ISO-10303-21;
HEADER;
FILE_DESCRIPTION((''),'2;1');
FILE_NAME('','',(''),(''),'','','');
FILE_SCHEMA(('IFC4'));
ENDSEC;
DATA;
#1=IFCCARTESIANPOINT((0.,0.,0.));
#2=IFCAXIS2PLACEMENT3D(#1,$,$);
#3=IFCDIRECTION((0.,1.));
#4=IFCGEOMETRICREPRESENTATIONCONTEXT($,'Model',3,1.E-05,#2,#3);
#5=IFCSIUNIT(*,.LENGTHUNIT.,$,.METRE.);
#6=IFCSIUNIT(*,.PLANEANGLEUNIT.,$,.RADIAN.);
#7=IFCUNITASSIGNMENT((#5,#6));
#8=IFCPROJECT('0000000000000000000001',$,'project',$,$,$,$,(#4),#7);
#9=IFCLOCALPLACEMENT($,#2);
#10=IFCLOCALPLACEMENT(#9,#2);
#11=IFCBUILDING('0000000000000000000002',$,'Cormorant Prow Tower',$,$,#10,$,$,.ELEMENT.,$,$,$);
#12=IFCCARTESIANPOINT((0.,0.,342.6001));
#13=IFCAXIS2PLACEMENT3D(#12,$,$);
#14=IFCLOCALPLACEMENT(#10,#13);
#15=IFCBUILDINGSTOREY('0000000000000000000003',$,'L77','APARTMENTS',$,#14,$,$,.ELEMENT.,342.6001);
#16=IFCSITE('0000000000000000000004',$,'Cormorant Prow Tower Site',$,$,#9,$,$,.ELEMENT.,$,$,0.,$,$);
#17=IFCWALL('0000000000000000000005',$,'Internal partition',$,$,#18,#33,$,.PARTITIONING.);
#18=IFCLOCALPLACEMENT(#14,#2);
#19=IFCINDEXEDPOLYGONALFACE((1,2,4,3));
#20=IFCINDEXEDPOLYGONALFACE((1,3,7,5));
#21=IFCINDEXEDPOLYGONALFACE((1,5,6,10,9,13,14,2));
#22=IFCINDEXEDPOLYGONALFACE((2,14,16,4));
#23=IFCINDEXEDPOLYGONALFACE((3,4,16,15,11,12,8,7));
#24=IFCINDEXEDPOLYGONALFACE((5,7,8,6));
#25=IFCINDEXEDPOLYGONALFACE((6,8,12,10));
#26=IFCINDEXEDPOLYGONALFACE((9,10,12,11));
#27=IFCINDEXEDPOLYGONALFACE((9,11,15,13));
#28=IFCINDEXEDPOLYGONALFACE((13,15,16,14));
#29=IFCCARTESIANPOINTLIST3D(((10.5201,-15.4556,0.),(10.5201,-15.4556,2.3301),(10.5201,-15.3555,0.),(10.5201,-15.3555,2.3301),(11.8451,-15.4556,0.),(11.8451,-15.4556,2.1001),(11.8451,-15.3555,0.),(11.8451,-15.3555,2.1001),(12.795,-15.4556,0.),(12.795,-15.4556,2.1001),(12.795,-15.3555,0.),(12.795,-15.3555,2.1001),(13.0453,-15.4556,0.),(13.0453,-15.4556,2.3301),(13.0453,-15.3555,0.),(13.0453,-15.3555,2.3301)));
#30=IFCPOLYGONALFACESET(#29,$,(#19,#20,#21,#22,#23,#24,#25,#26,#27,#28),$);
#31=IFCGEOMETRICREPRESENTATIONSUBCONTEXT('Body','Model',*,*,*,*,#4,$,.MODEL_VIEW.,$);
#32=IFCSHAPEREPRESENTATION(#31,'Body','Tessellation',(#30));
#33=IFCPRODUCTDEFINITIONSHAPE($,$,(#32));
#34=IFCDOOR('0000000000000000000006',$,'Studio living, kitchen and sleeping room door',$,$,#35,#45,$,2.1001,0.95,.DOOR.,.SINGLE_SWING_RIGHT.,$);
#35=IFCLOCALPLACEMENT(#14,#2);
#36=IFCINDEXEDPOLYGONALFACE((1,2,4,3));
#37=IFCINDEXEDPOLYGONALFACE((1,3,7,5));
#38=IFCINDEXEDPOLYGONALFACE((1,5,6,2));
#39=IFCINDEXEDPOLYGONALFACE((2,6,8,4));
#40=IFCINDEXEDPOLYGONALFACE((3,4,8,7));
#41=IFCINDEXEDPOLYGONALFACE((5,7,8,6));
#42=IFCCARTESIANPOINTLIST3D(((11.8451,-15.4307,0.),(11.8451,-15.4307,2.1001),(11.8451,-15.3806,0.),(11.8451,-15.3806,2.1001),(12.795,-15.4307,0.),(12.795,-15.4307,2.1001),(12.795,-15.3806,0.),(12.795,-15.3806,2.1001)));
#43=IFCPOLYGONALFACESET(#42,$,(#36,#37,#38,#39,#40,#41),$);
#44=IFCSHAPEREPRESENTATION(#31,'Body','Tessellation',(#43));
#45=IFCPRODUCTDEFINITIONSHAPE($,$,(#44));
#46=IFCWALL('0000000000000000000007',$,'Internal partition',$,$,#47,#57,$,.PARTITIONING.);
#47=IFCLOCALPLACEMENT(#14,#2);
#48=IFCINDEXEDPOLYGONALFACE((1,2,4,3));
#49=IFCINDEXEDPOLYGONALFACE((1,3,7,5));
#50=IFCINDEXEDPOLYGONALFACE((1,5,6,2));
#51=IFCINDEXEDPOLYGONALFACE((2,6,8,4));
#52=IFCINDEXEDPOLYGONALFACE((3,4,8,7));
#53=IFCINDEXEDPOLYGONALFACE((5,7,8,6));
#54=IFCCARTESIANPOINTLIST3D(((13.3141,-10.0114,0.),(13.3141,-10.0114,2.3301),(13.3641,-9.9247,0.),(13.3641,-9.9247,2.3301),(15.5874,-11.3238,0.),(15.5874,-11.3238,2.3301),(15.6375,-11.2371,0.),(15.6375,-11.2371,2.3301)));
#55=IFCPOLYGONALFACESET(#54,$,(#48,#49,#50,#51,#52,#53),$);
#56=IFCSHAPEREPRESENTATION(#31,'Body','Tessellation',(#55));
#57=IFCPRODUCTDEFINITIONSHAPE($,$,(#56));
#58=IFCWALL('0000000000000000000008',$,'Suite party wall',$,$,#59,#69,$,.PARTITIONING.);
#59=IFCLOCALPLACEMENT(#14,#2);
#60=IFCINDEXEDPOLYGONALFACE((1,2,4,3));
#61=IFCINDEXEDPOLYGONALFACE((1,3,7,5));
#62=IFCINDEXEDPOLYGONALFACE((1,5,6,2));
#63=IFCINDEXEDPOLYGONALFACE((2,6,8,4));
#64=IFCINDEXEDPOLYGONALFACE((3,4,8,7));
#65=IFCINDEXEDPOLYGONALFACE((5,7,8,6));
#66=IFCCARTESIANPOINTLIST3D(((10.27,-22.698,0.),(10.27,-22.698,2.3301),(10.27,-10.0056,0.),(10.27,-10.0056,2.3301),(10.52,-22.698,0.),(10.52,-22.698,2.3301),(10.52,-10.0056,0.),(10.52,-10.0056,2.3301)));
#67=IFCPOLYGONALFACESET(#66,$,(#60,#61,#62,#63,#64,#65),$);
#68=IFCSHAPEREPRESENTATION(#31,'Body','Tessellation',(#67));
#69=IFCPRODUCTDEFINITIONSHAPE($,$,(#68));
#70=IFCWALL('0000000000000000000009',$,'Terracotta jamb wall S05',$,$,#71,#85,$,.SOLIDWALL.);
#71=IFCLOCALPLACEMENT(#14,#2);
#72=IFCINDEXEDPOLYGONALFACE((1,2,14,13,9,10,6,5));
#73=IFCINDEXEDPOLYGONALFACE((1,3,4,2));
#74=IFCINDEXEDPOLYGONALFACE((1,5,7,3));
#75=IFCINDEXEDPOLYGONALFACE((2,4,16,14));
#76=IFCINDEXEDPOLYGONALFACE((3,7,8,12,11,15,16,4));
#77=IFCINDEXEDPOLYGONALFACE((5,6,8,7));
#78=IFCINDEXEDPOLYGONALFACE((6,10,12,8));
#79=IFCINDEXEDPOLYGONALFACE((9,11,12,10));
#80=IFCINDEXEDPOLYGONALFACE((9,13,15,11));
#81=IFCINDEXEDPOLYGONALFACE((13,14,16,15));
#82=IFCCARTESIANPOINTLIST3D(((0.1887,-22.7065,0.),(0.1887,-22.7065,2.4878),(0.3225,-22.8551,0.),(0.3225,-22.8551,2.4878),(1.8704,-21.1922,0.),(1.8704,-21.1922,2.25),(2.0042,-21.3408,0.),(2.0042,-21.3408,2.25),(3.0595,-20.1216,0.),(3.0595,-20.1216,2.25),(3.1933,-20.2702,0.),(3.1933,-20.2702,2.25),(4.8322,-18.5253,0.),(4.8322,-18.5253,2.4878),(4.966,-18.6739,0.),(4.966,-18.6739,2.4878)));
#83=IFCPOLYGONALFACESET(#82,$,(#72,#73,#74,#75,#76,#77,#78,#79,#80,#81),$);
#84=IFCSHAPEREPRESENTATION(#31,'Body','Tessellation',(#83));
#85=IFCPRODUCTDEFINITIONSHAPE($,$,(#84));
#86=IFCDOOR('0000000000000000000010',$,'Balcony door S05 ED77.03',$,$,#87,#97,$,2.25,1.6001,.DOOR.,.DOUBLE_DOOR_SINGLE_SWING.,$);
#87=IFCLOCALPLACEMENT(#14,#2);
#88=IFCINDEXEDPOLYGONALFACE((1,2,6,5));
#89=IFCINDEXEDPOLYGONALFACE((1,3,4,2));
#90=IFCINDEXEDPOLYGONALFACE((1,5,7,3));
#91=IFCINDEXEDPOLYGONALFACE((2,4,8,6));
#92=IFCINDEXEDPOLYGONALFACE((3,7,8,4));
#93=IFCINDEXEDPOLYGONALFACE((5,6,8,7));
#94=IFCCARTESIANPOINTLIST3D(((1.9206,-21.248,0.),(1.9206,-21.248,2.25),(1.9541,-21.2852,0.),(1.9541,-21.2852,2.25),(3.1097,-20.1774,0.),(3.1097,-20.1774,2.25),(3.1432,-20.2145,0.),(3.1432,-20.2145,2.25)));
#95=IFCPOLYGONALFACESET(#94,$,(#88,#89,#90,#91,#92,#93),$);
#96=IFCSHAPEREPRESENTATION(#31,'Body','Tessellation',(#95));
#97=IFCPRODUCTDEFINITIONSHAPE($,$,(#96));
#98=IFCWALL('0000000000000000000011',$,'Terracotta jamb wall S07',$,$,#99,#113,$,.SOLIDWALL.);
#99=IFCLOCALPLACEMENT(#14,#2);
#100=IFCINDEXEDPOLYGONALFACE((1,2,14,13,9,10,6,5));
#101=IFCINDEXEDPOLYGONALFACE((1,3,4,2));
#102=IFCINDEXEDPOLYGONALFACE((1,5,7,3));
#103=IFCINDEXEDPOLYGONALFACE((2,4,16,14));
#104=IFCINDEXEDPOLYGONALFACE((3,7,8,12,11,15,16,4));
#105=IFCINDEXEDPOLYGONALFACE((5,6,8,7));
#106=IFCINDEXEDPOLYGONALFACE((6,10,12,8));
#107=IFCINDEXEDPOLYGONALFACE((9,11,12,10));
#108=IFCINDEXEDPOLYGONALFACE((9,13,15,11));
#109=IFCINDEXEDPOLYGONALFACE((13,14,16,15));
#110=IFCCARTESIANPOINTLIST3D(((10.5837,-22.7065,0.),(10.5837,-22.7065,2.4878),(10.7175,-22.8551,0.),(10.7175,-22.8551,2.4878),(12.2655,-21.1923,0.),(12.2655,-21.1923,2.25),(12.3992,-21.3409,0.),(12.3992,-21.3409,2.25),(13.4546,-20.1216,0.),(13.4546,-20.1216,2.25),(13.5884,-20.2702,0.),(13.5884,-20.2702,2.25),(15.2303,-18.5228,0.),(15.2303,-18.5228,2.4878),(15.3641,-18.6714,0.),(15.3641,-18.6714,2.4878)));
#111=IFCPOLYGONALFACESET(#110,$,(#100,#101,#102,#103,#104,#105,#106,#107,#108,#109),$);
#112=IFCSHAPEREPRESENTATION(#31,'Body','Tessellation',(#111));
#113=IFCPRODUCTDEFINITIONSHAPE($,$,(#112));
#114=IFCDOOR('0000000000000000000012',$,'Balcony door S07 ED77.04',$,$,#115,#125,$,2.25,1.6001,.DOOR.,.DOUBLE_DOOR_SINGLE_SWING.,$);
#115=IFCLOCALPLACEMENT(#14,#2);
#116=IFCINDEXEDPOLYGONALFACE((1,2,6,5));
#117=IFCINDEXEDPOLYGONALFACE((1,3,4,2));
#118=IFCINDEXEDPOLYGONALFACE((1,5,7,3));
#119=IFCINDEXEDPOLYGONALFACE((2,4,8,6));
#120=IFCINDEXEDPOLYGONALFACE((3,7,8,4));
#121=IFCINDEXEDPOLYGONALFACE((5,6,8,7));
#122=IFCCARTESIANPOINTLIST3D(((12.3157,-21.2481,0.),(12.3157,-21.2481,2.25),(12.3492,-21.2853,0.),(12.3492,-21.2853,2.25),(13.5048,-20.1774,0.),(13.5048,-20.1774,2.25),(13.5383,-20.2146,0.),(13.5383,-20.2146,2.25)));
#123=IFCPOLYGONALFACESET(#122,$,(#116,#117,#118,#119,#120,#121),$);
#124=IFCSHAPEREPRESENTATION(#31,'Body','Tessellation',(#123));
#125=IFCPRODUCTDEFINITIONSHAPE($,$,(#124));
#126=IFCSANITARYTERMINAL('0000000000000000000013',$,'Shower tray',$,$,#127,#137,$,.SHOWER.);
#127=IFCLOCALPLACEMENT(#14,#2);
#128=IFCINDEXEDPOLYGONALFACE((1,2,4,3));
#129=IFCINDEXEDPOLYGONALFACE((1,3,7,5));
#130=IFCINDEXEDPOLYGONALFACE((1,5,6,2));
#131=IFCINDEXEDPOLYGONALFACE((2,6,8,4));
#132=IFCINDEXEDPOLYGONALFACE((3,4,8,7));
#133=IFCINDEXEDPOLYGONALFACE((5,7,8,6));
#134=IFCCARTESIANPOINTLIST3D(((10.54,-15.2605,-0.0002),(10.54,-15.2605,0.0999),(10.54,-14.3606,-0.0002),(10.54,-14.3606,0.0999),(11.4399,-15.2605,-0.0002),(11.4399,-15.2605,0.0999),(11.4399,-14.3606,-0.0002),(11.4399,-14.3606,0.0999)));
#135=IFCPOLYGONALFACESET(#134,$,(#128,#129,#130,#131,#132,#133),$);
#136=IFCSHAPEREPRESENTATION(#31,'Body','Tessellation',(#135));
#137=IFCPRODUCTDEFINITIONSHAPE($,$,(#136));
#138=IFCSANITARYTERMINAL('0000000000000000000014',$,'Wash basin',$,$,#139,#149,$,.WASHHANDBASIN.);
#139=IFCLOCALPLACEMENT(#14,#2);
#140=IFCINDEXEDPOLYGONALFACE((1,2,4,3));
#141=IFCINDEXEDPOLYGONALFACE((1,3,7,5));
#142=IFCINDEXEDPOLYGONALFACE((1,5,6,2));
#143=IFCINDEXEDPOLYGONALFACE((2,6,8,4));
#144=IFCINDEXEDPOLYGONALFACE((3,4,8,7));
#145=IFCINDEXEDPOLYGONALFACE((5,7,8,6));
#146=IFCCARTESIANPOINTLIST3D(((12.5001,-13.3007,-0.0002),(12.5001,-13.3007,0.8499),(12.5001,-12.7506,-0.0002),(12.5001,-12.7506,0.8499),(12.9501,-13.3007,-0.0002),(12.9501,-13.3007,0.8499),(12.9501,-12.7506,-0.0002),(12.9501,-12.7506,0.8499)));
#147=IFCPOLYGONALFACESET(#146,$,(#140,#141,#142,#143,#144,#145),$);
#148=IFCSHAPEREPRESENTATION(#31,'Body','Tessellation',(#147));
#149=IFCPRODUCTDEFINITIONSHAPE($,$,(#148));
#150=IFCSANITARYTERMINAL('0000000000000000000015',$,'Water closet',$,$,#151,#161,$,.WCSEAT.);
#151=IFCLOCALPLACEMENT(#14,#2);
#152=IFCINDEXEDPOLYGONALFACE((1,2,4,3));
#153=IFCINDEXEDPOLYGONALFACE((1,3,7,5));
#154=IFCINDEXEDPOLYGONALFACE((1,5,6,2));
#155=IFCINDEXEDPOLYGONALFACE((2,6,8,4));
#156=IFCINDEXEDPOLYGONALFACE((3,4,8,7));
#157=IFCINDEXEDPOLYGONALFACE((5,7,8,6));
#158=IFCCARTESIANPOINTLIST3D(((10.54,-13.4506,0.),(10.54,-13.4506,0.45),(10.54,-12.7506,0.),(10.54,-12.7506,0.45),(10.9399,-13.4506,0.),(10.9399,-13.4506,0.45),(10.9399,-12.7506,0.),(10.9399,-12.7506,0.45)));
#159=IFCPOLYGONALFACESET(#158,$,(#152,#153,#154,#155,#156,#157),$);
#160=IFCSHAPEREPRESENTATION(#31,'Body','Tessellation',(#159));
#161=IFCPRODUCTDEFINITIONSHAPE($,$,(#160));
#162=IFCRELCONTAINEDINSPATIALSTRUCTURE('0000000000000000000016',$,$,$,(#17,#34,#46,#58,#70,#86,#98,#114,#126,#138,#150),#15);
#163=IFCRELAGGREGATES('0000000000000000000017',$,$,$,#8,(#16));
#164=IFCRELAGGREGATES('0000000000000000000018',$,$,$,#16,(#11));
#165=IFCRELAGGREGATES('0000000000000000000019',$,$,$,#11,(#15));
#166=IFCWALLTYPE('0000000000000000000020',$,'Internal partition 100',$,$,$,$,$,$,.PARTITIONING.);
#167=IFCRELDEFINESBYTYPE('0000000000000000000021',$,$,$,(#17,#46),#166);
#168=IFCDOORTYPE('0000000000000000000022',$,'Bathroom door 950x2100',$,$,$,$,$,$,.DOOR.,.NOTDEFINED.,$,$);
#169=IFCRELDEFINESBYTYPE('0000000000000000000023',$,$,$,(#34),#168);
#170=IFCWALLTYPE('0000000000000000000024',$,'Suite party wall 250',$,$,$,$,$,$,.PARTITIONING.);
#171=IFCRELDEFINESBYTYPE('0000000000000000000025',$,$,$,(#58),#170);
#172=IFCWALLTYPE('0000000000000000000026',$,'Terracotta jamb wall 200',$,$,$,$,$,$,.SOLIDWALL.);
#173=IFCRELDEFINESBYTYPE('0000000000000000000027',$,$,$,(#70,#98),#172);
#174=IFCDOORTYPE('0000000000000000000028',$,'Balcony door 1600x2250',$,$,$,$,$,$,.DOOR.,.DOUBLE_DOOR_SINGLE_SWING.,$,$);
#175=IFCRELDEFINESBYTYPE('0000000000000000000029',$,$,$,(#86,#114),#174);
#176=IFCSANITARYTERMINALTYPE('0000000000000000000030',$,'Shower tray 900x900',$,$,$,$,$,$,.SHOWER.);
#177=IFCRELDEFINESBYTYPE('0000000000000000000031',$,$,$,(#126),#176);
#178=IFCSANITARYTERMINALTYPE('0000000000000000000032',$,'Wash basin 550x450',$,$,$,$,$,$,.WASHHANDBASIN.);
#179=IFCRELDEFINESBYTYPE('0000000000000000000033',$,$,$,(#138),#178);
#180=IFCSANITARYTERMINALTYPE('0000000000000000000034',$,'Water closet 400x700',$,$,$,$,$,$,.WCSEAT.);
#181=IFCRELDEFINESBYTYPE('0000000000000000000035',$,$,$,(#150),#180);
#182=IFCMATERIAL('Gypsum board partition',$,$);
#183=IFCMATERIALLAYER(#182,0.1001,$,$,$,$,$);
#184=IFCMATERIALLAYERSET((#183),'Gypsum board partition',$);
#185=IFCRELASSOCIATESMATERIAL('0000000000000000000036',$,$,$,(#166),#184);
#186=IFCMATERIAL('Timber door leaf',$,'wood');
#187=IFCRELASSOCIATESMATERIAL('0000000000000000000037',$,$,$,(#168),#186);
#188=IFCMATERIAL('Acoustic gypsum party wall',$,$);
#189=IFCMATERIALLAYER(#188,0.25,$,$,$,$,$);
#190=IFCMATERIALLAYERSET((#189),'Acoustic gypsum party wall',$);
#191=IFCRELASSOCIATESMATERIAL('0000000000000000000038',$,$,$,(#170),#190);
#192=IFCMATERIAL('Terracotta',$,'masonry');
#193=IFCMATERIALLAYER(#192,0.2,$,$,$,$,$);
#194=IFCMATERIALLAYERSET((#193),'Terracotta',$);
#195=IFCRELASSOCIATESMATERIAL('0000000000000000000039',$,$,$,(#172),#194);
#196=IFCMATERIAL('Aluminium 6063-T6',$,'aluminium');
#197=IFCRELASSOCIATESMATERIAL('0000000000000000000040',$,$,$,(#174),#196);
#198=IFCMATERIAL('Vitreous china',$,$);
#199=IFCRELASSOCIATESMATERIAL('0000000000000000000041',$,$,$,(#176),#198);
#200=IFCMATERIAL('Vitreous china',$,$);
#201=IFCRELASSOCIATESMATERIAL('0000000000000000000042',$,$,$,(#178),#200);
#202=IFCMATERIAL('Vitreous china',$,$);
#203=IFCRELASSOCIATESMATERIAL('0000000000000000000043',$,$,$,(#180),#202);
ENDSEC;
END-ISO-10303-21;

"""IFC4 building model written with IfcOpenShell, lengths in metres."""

from ifc_helpers import new_model, si_unit, direction, frame, frame_2d, origin, origin_2d, place, context, subcontext, project, spatial, rectangle, extrude, material, layer, layer_set, type_object, element, fill, save


model = new_model("IFC4")

# Units and contexts
model_context = context("Model", 3, precision=1e-05, world=origin(), true_north=direction((0.0, 1.0)))
body_context = subcontext(model_context, "Body", "Model", "MODEL_VIEW")
ifc_project = project(units=[si_unit("LENGTHUNIT", "METRE"), si_unit("PLANEANGLEUNIT", "RADIAN")], contexts=[model_context])

# Site, building, storey
site_placement = place(None, origin())
site = spatial("IfcSite", under=ifc_project, at=site_placement, Name="Cormorant Prow Tower Site", CompositionType="ELEMENT", RefElevation=0.0)
building_placement = place(site_placement, origin())
building = spatial("IfcBuilding", under=site, at=building_placement, Name="Cormorant Prow Tower", CompositionType="ELEMENT")
storey_placement = place(building_placement, frame((0.0, 0.0, 342.6001)))
storey = spatial("IfcBuildingStorey", under=building, at=storey_placement, Name="L77", Description="APARTMENTS", CompositionType="ELEMENT", Elevation=342.6001)

# Shared definitions
ifc_material_1 = material(Name="Gypsum board partition")
ifc_layer_1 = layer(ifc_material_1, 0.1001)
ifc_layer_set_1 = layer_set([ifc_layer_1], Name="Gypsum board partition")
wall_type_1 = type_object("IfcWallType", Name="Internal partition 100", PredefinedType="PARTITIONING", material=ifc_layer_set_1)
ifc_material_2 = material(Name="Timber door leaf", Category="wood")
door_type_1 = type_object("IfcDoorType", Name="Bathroom door 950x2100", OperationType="NOTDEFINED", PredefinedType="DOOR", material=ifc_material_2)

# Wall, opening, door
wall_1_placement = place(storey_placement, frame((10.52, -15.4055, 0.0), z_axis=(0.0, 0.0, 1.0), x_axis=(1.0, 0.0, 0.0)))
wall_1 = element("IfcWall", 1, at=wall_1_placement, inside=storey, type_object=wall_type_1, Name="Internal partition", PredefinedType="PARTITIONING", context=body_context, shape_type="SweptSolid", body=[
    extrude(rectangle(XDim=2.5251, YDim=0.1001, at=frame_2d((1.2627, 0.0))), origin(), (0.0, 0.0, 1.0), 2.3301),
])
opening_1_placement = place(wall_1_placement, frame((1.325, 0.0, 0.0)))
opening_1 = element("IfcOpeningElement", 2, at=opening_1_placement, cuts=wall_1, PredefinedType="OPENING", context=body_context, shape_type="SweptSolid", body=[
    extrude(rectangle(XDim=0.95, YDim=2.1001, at=frame_2d((0.4751, 1.05))), frame((0.0, 0.0601, 0.0), z_axis=(0.0, -1.0, 0.0), x_axis=(1.0, 0.0, 0.0)), (0.0, 0.0, 1.0), 0.1201),
])
door_1_placement = place(opening_1_placement, origin())
door_1 = element("IfcDoor", 3, at=door_1_placement, inside=storey, type_object=door_type_1, Name="Studio living, kitchen and sleeping room door", OperationType="SINGLE_SWING_RIGHT", OverallHeight=2.1001, OverallWidth=0.95, PredefinedType="DOOR", context=body_context, shape_type="SweptSolid", body=[
    extrude(rectangle(XDim=0.95, YDim=2.1001, at=frame_2d((0.4751, 1.05))), frame((0.0, 0.0249, 0.0), z_axis=(0.0, -1.0, 0.0), x_axis=(1.0, 0.0, 0.0)), (0.0, 0.0, 1.0), 0.05),
])
fill(opening_1, door_1)

# Walls
wall_2_placement = place(storey_placement, frame((13.3391, -9.968, 0.0), z_axis=(0.0, 0.0, 1.0), x_axis=(0.866037, -0.49998, 0.0)))
element("IfcWall", 4, at=wall_2_placement, inside=storey, type_object=wall_type_1, Name="Internal partition", PredefinedType="PARTITIONING", context=body_context, shape_type="SweptSolid", body=[
    extrude(rectangle(XDim=2.625, YDim=0.1001, at=frame_2d((1.3125, 0.0))), origin(), (0.0, 0.0, 1.0), 2.3301),
])
ifc_material_3 = material(Name="Acoustic gypsum party wall")
ifc_layer_2 = layer(ifc_material_3, 0.25)
ifc_layer_set_2 = layer_set([ifc_layer_2], Name="Acoustic gypsum party wall")
wall_type_2 = type_object("IfcWallType", Name="Suite party wall 250", PredefinedType="PARTITIONING", material=ifc_layer_set_2)
wall_3_placement = place(storey_placement, frame((10.395, -22.698, 0.0), z_axis=(0.0, 0.0, 1.0), x_axis=(0.0, 1.0, 0.0)))
element("IfcWall", 5, at=wall_3_placement, inside=storey, type_object=wall_type_2, Name="Suite party wall", PredefinedType="PARTITIONING", context=body_context, shape_type="SweptSolid", body=[
    extrude(rectangle(XDim=12.6924, YDim=0.25, at=frame_2d((6.3462, 0.0))), origin(), (0.0, 0.0, 1.0), 2.3301),
])

# Walls, openings, doors
ifc_material_4 = material(Name="Terracotta", Category="masonry")
ifc_layer_3 = layer(ifc_material_4, 0.2)
ifc_layer_set_3 = layer_set([ifc_layer_3], Name="Terracotta")
wall_type_3 = type_object("IfcWallType", Name="Terracotta jamb wall 200", PredefinedType="SOLIDWALL", material=ifc_layer_set_3)
wall_4_placement = place(storey_placement, frame((0.2556, -22.7808, 0.0), z_axis=(0.0, 0.0, 1.0), x_axis=(0.743139, 0.669137, 0.0)))
wall_4 = element("IfcWall", 6, at=wall_4_placement, inside=storey, type_object=wall_type_3, Name="Terracotta jamb wall S05", PredefinedType="SOLIDWALL", context=body_context, shape_type="SweptSolid", body=[
    extrude(rectangle(XDim=6.2485, YDim=0.2, at=frame_2d((3.1243, 0.0))), origin(), (0.0, 0.0, 1.0), 2.4878),
])
opening_2_placement = place(wall_4_placement, frame((2.2629, 0.0, 0.0)))
opening_2 = element("IfcOpeningElement", 7, at=opening_2_placement, cuts=wall_4, PredefinedType="OPENING", context=body_context, shape_type="SweptSolid", body=[
    extrude(rectangle(XDim=1.6001, YDim=2.25, at=frame_2d((0.8, 1.125))), frame((0.0, 0.1099, 0.0), z_axis=(0.0, -1.0, 0.0), x_axis=(1.0, 0.0, 0.0)), (0.0, 0.0, 1.0), 0.22),
])
ifc_material_5 = material(Name="Aluminium 6063-T6", Category="aluminium")
door_type_2 = type_object("IfcDoorType", Name="Balcony door 1600x2250", OperationType="DOUBLE_DOOR_SINGLE_SWING", PredefinedType="DOOR", material=ifc_material_5)
door_2_placement = place(opening_2_placement, origin())
door_2 = element("IfcDoor", 8, at=door_2_placement, inside=storey, type_object=door_type_2, Name="Balcony door S05 ED77.03", OperationType="DOUBLE_DOOR_SINGLE_SWING", OverallHeight=2.25, OverallWidth=1.6001, PredefinedType="DOOR", context=body_context, shape_type="SweptSolid", body=[
    extrude(rectangle(XDim=1.6001, YDim=2.25, at=frame_2d((0.8, 1.125))), frame((0.0, 0.0249, 0.0), z_axis=(0.0, -1.0, 0.0), x_axis=(1.0, 0.0, 0.0)), (0.0, 0.0, 1.0), 0.05),
])
fill(opening_2, door_2)
wall_5_placement = place(storey_placement, frame((10.6506, -22.7808, 0.0), z_axis=(0.0, 0.0, 1.0), x_axis=(0.743154, 0.66912, 0.0)))
wall_5 = element("IfcWall", 9, at=wall_5_placement, inside=storey, type_object=wall_type_3, Name="Terracotta jamb wall S07", PredefinedType="SOLIDWALL", context=body_context, shape_type="SweptSolid", body=[
    extrude(rectangle(XDim=6.2524, YDim=0.2, at=frame_2d((3.1262, 0.0))), origin(), (0.0, 0.0, 1.0), 2.4878),
])
opening_3_placement = place(wall_5_placement, frame((2.2629, 0.0, 0.0)))
opening_3 = element("IfcOpeningElement", 10, at=opening_3_placement, cuts=wall_5, PredefinedType="OPENING", context=body_context, shape_type="SweptSolid", body=[
    extrude(rectangle(XDim=1.6001, YDim=2.25, at=frame_2d((0.8, 1.125))), frame((0.0, 0.1099, 0.0), z_axis=(0.0, -1.0, 0.0), x_axis=(1.0, 0.0, 0.0)), (0.0, 0.0, 1.0), 0.22),
])
door_3_placement = place(opening_3_placement, origin())
door_3 = element("IfcDoor", 11, at=door_3_placement, inside=storey, type_object=door_type_2, Name="Balcony door S07 ED77.04", OperationType="DOUBLE_DOOR_SINGLE_SWING", OverallHeight=2.25, OverallWidth=1.6001, PredefinedType="DOOR", context=body_context, shape_type="SweptSolid", body=[
    extrude(rectangle(XDim=1.6001, YDim=2.25, at=frame_2d((0.8, 1.125))), frame((0.0, 0.0249, 0.0), z_axis=(0.0, -1.0, 0.0), x_axis=(1.0, 0.0, 0.0)), (0.0, 0.0, 1.0), 0.05),
])
fill(opening_3, door_3)

# Sanitary terminals
ifc_material_6 = material(Name="Vitreous china")
sanitary_terminal_type_1 = type_object("IfcSanitaryTerminalType", Name="Shower tray 900x900", PredefinedType="SHOWER", material=ifc_material_6)
sanitary_terminal_1_placement = place(storey_placement, frame((10.99, -14.8105, -0.0002), z_axis=(0.0, 0.0, 1.0), x_axis=(0.0, 1.0, 0.0)))
element("IfcSanitaryTerminal", 12, at=sanitary_terminal_1_placement, inside=storey, type_object=sanitary_terminal_type_1, Name="Shower tray", PredefinedType="SHOWER", context=body_context, shape_type="SweptSolid", body=[
    extrude(rectangle(XDim=0.8999, YDim=0.8999, at=origin_2d()), origin(), (0.0, 0.0, 1.0), 0.1001),
])
ifc_material_7 = material(Name="Vitreous china")
sanitary_terminal_type_2 = type_object("IfcSanitaryTerminalType", Name="Wash basin 550x450", PredefinedType="WASHHANDBASIN", material=ifc_material_7)
sanitary_terminal_2_placement = place(storey_placement, frame((12.7251, -13.0256, -0.0002), z_axis=(0.0, 0.0, 1.0), x_axis=(0.0, -1.0, 0.0)))
element("IfcSanitaryTerminal", 13, at=sanitary_terminal_2_placement, inside=storey, type_object=sanitary_terminal_type_2, Name="Wash basin", PredefinedType="WASHHANDBASIN", context=body_context, shape_type="SweptSolid", body=[
    extrude(rectangle(XDim=0.55, YDim=0.45, at=origin_2d()), origin(), (0.0, 0.0, 1.0), 0.8501),
])
ifc_material_8 = material(Name="Vitreous china")
sanitary_terminal_type_3 = type_object("IfcSanitaryTerminalType", Name="Water closet 400x700", PredefinedType="WCSEAT", material=ifc_material_8)
sanitary_terminal_3_placement = place(storey_placement, frame((10.74, -13.1006, 0.0), z_axis=(0.0, 0.0, 1.0), x_axis=(1.0, 0.0, 0.0)))
element("IfcSanitaryTerminal", 14, at=sanitary_terminal_3_placement, inside=storey, type_object=sanitary_terminal_type_3, Name="Water closet", PredefinedType="WCSEAT", context=body_context, shape_type="SweptSolid", body=[
    extrude(rectangle(XDim=0.3999, YDim=0.7, at=origin_2d()), origin(), (0.0, 0.0, 1.0), 0.45),
])

save(model, "model.ifc")
